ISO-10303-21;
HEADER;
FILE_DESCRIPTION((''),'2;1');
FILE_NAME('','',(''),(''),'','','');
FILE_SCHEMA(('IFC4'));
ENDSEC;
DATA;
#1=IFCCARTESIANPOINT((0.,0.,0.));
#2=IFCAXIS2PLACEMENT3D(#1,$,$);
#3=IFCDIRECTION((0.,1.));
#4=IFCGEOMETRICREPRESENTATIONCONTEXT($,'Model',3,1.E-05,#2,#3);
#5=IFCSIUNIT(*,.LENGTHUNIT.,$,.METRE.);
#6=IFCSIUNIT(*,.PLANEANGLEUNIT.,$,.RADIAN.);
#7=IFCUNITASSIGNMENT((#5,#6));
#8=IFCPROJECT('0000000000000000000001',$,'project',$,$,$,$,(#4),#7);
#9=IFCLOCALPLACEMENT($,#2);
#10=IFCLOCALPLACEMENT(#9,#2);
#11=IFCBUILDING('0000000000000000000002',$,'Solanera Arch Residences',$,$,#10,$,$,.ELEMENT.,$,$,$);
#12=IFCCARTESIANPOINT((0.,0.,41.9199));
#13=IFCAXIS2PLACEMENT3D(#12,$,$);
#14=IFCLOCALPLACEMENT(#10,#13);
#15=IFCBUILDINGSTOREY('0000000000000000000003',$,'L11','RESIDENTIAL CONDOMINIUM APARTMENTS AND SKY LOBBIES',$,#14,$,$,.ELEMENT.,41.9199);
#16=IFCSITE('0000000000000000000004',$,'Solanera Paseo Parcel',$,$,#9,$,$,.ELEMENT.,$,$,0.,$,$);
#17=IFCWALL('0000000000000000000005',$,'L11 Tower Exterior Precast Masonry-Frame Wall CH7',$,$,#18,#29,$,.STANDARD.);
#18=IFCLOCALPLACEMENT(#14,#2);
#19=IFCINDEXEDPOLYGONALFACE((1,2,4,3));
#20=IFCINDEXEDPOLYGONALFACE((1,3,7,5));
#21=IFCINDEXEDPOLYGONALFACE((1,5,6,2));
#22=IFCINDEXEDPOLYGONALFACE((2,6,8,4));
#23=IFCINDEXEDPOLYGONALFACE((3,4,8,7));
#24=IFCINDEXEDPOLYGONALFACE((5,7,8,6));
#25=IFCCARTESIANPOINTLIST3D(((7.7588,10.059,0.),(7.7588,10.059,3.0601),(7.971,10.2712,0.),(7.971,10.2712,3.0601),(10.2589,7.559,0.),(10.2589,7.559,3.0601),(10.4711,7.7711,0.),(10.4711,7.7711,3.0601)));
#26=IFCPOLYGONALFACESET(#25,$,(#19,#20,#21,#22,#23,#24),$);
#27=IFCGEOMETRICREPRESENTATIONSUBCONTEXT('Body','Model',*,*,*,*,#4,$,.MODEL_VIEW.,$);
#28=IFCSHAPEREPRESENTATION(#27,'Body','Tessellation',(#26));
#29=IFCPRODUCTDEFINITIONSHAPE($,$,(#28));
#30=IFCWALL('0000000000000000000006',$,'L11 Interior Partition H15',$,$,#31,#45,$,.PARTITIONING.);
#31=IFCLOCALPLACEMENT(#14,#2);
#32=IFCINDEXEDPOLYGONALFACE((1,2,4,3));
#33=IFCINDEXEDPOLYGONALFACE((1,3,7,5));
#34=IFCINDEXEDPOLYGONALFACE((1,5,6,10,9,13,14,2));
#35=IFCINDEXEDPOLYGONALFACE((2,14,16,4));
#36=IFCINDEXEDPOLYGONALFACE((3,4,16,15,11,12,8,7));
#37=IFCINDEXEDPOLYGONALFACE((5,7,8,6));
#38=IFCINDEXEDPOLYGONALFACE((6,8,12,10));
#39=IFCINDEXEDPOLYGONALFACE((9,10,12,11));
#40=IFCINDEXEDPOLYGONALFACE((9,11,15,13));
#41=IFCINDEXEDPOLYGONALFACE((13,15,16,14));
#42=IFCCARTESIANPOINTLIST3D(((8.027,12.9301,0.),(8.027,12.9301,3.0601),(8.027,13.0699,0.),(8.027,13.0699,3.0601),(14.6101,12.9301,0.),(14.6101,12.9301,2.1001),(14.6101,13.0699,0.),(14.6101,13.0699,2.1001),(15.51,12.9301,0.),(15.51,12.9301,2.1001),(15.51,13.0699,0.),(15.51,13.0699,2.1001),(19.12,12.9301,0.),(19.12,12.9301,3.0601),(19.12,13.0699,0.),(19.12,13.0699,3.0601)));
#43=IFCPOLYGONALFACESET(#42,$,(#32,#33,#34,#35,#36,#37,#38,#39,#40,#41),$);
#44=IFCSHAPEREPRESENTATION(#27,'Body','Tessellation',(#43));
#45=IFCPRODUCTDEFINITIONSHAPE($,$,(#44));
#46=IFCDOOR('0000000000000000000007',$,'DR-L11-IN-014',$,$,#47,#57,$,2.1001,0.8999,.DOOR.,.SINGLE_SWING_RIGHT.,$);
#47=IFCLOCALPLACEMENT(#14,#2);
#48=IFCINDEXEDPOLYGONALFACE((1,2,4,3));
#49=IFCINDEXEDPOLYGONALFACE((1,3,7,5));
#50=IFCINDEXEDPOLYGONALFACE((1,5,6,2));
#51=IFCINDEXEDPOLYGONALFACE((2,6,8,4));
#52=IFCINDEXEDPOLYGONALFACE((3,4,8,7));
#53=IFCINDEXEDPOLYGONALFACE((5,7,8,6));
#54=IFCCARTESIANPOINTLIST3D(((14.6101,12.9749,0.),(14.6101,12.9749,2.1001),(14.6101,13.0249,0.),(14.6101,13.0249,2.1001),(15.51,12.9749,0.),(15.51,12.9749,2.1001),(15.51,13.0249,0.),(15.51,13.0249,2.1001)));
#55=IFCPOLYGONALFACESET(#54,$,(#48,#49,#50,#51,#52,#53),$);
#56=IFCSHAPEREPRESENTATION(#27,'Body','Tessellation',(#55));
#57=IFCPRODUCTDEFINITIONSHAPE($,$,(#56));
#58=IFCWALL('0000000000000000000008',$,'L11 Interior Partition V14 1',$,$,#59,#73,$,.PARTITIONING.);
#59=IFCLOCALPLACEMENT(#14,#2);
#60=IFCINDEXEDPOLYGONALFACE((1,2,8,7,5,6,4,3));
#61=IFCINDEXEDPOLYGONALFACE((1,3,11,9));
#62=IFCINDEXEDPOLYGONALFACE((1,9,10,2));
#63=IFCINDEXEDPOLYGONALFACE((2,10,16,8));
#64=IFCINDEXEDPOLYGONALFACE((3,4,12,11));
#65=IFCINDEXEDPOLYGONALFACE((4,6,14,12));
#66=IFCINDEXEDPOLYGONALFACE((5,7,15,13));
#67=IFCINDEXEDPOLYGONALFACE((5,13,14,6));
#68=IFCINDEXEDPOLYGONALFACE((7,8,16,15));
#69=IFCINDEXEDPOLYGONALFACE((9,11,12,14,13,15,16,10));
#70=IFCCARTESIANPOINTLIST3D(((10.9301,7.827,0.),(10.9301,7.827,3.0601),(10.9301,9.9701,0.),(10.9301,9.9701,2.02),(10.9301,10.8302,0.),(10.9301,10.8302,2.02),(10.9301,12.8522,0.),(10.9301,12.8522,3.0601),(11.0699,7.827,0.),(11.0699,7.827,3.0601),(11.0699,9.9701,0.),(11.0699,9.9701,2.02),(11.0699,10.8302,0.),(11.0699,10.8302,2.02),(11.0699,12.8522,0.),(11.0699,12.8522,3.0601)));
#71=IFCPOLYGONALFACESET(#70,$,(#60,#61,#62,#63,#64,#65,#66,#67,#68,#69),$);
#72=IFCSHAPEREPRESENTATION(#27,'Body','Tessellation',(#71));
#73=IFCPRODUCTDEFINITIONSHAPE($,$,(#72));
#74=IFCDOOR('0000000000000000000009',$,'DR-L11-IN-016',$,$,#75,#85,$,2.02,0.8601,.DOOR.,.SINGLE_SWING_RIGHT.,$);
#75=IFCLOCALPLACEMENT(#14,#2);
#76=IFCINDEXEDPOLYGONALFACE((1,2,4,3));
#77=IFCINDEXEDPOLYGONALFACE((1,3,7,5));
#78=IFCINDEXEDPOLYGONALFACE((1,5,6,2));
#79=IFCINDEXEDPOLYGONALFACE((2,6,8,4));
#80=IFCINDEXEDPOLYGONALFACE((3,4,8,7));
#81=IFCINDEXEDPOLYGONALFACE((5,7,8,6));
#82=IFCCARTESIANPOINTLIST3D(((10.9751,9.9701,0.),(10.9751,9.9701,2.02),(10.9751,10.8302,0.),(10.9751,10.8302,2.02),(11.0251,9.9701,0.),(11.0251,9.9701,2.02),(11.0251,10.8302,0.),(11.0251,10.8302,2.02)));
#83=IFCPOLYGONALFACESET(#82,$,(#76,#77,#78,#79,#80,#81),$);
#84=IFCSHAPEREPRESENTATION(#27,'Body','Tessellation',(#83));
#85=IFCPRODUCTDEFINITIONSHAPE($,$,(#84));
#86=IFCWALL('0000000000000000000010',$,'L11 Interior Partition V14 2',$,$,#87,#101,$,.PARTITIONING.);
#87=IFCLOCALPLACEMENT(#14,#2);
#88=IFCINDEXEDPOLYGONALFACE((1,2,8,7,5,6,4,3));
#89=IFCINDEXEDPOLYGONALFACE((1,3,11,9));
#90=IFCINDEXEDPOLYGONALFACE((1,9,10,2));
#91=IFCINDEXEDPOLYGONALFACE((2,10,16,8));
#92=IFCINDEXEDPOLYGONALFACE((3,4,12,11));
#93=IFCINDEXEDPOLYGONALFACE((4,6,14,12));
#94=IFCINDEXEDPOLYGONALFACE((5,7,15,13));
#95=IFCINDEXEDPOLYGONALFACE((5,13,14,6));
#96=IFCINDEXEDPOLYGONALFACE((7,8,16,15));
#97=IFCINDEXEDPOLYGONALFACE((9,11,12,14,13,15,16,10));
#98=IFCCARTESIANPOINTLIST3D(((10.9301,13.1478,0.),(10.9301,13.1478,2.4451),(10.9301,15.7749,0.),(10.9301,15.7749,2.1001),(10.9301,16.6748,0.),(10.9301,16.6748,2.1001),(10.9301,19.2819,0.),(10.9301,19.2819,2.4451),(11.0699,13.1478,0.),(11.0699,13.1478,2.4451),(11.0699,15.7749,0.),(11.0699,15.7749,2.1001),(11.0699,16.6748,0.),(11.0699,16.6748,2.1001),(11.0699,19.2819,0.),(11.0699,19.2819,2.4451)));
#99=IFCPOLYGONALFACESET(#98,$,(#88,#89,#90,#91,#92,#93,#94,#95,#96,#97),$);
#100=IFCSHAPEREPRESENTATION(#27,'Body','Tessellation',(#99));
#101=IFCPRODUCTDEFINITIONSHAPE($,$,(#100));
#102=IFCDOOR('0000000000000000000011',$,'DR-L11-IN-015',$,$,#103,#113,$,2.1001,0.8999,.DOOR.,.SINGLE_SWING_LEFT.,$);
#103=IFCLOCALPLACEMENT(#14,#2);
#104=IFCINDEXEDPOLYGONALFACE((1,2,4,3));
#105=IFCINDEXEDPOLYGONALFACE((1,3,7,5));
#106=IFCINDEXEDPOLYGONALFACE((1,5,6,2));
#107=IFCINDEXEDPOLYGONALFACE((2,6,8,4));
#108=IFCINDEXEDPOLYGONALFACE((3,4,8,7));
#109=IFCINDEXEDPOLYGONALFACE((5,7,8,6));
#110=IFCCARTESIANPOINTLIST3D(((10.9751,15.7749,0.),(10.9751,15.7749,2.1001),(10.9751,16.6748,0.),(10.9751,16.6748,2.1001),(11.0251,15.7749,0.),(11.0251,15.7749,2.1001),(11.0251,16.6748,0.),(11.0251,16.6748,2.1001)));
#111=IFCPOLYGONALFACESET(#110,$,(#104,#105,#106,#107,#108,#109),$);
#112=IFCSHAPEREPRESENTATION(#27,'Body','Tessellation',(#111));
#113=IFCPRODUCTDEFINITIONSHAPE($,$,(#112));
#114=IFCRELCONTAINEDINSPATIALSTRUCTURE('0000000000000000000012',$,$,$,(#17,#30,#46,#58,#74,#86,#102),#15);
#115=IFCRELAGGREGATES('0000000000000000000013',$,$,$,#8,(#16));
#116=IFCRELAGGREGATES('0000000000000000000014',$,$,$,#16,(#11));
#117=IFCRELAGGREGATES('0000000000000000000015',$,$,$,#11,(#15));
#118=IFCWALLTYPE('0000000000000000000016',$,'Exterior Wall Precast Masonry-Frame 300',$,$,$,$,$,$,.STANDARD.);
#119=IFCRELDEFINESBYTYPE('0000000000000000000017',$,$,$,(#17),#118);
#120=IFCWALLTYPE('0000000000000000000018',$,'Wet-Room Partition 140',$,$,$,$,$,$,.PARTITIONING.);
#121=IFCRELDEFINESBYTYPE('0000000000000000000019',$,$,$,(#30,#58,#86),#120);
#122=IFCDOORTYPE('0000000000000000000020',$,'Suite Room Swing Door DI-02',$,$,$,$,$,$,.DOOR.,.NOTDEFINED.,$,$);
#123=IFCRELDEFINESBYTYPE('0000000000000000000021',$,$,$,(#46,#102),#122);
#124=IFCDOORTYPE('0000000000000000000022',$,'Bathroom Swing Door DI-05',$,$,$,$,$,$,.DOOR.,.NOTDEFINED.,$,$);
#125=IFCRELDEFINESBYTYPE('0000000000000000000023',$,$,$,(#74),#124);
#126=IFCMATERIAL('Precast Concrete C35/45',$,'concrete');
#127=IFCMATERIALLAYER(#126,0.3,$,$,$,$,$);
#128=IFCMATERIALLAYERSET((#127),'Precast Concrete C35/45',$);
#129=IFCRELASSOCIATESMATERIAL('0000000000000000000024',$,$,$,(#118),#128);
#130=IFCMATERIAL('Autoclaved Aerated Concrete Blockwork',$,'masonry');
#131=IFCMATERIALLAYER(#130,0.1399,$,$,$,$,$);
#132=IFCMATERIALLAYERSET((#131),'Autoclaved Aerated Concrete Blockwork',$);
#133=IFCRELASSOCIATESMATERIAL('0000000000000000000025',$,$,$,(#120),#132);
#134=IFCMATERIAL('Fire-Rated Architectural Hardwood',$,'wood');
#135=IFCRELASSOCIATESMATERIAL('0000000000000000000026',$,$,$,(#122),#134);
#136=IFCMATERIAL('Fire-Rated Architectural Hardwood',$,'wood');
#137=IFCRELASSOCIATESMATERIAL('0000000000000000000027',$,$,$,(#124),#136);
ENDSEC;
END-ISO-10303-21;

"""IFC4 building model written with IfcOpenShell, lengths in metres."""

from ifc_helpers import new_model, si_unit, direction, frame, frame_2d, origin, place, context, subcontext, project, spatial, rectangle, extrude, material, layer, layer_set, type_object, element, fill, save


model = new_model("IFC4")

# Units and contexts
model_context = context("Model", 3, precision=1e-05, world=origin(), true_north=direction((0.0, 1.0)))
body_context = subcontext(model_context, "Body", "Model", "MODEL_VIEW")
ifc_project = project(units=[si_unit("LENGTHUNIT", "METRE"), si_unit("PLANEANGLEUNIT", "RADIAN")], contexts=[model_context])

# Site, building, storey
site_placement = place(None, origin())
site = spatial("IfcSite", under=ifc_project, at=site_placement, Name="Solanera Paseo Parcel", CompositionType="ELEMENT", RefElevation=0.0)
building_placement = place(site_placement, origin())
building = spatial("IfcBuilding", under=site, at=building_placement, Name="Solanera Arch Residences", CompositionType="ELEMENT")
storey_placement = place(building_placement, frame((0.0, 0.0, 41.9199)))
storey = spatial("IfcBuildingStorey", under=building, at=storey_placement, Name="L11", Description="RESIDENTIAL CONDOMINIUM APARTMENTS AND SKY LOBBIES", CompositionType="ELEMENT", Elevation=41.9199)

# Wall
ifc_material_1 = material(Name="Precast Concrete C35/45", Category="concrete")
ifc_layer_1 = layer(ifc_material_1, 0.3)
ifc_layer_set_1 = layer_set([ifc_layer_1], Name="Precast Concrete C35/45")
wall_type_1 = type_object("IfcWallType", Name="Exterior Wall Precast Masonry-Frame 300", PredefinedType="STANDARD", material=ifc_layer_set_1)
wall_1_placement = place(storey_placement, frame((10.365, 7.665, 0.0), z_axis=(0.0, 0.0, 1.0), x_axis=(-0.707107, 0.707107, 0.0)))
element("IfcWall", 1, at=wall_1_placement, inside=storey, type_object=wall_type_1, Name="L11 Tower Exterior Precast Masonry-Frame Wall CH7", PredefinedType="STANDARD", context=body_context, shape_type="SweptSolid", body=[
    extrude(rectangle(XDim=3.5356, YDim=0.3, at=frame_2d((1.7678, 0.0))), origin(), (0.0, 0.0, 1.0), 3.0601),
])

# Walls, openings, doors
ifc_material_2 = material(Name="Autoclaved Aerated Concrete Blockwork", Category="masonry")
ifc_layer_2 = layer(ifc_material_2, 0.1399)
ifc_layer_set_2 = layer_set([ifc_layer_2], Name="Autoclaved Aerated Concrete Blockwork")
wall_type_2 = type_object("IfcWallType", Name="Wet-Room Partition 140", PredefinedType="PARTITIONING", material=ifc_layer_set_2)
wall_2_placement = place(storey_placement, frame((8.0271, 13.0, 0.0), z_axis=(0.0, 0.0, 1.0), x_axis=(1.0, 0.0, 0.0)))
wall_2 = element("IfcWall", 2, at=wall_2_placement, inside=storey, type_object=wall_type_2, Name="L11 Interior Partition H15", PredefinedType="PARTITIONING", context=body_context, shape_type="SweptSolid", body=[
    extrude(rectangle(XDim=11.093, YDim=0.1399, at=frame_2d((5.5464, 0.0))), origin(), (0.0, 0.0, 1.0), 3.0601),
])
opening_1_placement = place(wall_2_placement, frame((6.583, 0.0, 0.0)))
opening_1 = element("IfcOpeningElement", 3, at=opening_1_placement, cuts=wall_2, PredefinedType="OPENING", context=body_context, shape_type="SweptSolid", body=[
    extrude(rectangle(XDim=0.8999, YDim=2.1001, at=frame_2d((0.45, 1.05))), frame((0.0, 0.0798, 0.0), z_axis=(0.0, -1.0, 0.0), x_axis=(1.0, 0.0, 0.0)), (0.0, 0.0, 1.0), 0.1599),
])
ifc_material_3 = material(Name="Fire-Rated Architectural Hardwood", Category="wood")
door_type_1 = type_object("IfcDoorType", Name="Suite Room Swing Door DI-02", OperationType="NOTDEFINED", PredefinedType="DOOR", material=ifc_material_3)
door_1_placement = place(opening_1_placement, origin())
door_1 = element("IfcDoor", 4, at=door_1_placement, inside=storey, type_object=door_type_1, Name="DR-L11-IN-014", OperationType="SINGLE_SWING_RIGHT", OverallHeight=2.1001, OverallWidth=0.8999, PredefinedType="DOOR", context=body_context, shape_type="SweptSolid", body=[
    extrude(rectangle(XDim=0.8999, YDim=2.1001, at=frame_2d((0.45, 1.05))), frame((0.0, 0.0249, 0.0), z_axis=(0.0, -1.0, 0.0), x_axis=(1.0, 0.0, 0.0)), (0.0, 0.0, 1.0), 0.05),
])
fill(opening_1, door_1)
wall_3_placement = place(storey_placement, frame((11.0, 7.8269, 0.0), z_axis=(0.0, 0.0, 1.0), x_axis=(0.0, 1.0, 0.0)))
wall_3 = element("IfcWall", 5, at=wall_3_placement, inside=storey, type_object=wall_type_2, Name="L11 Interior Partition V14 1", PredefinedType="PARTITIONING", context=body_context, shape_type="SweptSolid", body=[
    extrude(rectangle(XDim=5.0251, YDim=0.1399, at=frame_2d((2.5127, 0.0))), origin(), (0.0, 0.0, 1.0), 3.0601),
])
opening_2_placement = place(wall_3_placement, frame((2.1431, 0.0, 0.0)))
opening_2 = element("IfcOpeningElement", 6, at=opening_2_placement, cuts=wall_3, PredefinedType="OPENING", context=body_context, shape_type="SweptSolid", body=[
    extrude(rectangle(XDim=0.8601, YDim=2.02, at=frame_2d((0.4302, 1.01))), frame((0.0, 0.0798, 0.0), z_axis=(0.0, -1.0, 0.0), x_axis=(1.0, 0.0, 0.0)), (0.0, 0.0, 1.0), 0.1599),
])
ifc_material_4 = material(Name="Fire-Rated Architectural Hardwood", Category="wood")
door_type_2 = type_object("IfcDoorType", Name="Bathroom Swing Door DI-05", OperationType="NOTDEFINED", PredefinedType="DOOR", material=ifc_material_4)
door_2_placement = place(opening_2_placement, origin())
door_2 = element("IfcDoor", 7, at=door_2_placement, inside=storey, type_object=door_type_2, Name="DR-L11-IN-016", OperationType="SINGLE_SWING_RIGHT", OverallHeight=2.02, OverallWidth=0.8601, PredefinedType="DOOR", context=body_context, shape_type="SweptSolid", body=[
    extrude(rectangle(XDim=0.8601, YDim=2.02, at=frame_2d((0.4302, 1.01))), frame((0.0, 0.0249, 0.0), z_axis=(0.0, -1.0, 0.0), x_axis=(1.0, 0.0, 0.0)), (0.0, 0.0, 1.0), 0.05),
])
fill(opening_2, door_2)
wall_4_placement = place(storey_placement, frame((11.0, 13.1479, 0.0), z_axis=(0.0, 0.0, 1.0), x_axis=(0.0, 1.0, 0.0)))
wall_4 = element("IfcWall", 8, at=wall_4_placement, inside=storey, type_object=wall_type_2, Name="L11 Interior Partition V14 2", PredefinedType="PARTITIONING", context=body_context, shape_type="SweptSolid", body=[
    extrude(rectangle(XDim=6.134, YDim=0.1399, at=frame_2d((3.0669, 0.0))), origin(), (0.0, 0.0, 1.0), 2.4451),
])
opening_3_placement = place(wall_4_placement, frame((2.627, 0.0, 0.0)))
opening_3 = element("IfcOpeningElement", 9, at=opening_3_placement, cuts=wall_4, PredefinedType="OPENING", context=body_context, shape_type="SweptSolid", body=[
    extrude(rectangle(XDim=0.8999, YDim=2.1001, at=frame_2d((0.45, 1.05))), frame((0.0, 0.0798, 0.0), z_axis=(0.0, -1.0, 0.0), x_axis=(1.0, 0.0, 0.0)), (0.0, 0.0, 1.0), 0.1599),
])
door_3_placement = place(opening_3_placement, origin())
door_3 = element("IfcDoor", 10, at=door_3_placement, inside=storey, type_object=door_type_1, Name="DR-L11-IN-015", OperationType="SINGLE_SWING_LEFT", OverallHeight=2.1001, OverallWidth=0.8999, PredefinedType="DOOR", context=body_context, shape_type="SweptSolid", body=[
    extrude(rectangle(XDim=0.8999, YDim=2.1001, at=frame_2d((0.45, 1.05))), frame((0.0, 0.0249, 0.0), z_axis=(0.0, -1.0, 0.0), x_axis=(1.0, 0.0, 0.0)), (0.0, 0.0, 1.0), 0.05),
])
fill(opening_3, door_3)

save(model, "model.ifc")
